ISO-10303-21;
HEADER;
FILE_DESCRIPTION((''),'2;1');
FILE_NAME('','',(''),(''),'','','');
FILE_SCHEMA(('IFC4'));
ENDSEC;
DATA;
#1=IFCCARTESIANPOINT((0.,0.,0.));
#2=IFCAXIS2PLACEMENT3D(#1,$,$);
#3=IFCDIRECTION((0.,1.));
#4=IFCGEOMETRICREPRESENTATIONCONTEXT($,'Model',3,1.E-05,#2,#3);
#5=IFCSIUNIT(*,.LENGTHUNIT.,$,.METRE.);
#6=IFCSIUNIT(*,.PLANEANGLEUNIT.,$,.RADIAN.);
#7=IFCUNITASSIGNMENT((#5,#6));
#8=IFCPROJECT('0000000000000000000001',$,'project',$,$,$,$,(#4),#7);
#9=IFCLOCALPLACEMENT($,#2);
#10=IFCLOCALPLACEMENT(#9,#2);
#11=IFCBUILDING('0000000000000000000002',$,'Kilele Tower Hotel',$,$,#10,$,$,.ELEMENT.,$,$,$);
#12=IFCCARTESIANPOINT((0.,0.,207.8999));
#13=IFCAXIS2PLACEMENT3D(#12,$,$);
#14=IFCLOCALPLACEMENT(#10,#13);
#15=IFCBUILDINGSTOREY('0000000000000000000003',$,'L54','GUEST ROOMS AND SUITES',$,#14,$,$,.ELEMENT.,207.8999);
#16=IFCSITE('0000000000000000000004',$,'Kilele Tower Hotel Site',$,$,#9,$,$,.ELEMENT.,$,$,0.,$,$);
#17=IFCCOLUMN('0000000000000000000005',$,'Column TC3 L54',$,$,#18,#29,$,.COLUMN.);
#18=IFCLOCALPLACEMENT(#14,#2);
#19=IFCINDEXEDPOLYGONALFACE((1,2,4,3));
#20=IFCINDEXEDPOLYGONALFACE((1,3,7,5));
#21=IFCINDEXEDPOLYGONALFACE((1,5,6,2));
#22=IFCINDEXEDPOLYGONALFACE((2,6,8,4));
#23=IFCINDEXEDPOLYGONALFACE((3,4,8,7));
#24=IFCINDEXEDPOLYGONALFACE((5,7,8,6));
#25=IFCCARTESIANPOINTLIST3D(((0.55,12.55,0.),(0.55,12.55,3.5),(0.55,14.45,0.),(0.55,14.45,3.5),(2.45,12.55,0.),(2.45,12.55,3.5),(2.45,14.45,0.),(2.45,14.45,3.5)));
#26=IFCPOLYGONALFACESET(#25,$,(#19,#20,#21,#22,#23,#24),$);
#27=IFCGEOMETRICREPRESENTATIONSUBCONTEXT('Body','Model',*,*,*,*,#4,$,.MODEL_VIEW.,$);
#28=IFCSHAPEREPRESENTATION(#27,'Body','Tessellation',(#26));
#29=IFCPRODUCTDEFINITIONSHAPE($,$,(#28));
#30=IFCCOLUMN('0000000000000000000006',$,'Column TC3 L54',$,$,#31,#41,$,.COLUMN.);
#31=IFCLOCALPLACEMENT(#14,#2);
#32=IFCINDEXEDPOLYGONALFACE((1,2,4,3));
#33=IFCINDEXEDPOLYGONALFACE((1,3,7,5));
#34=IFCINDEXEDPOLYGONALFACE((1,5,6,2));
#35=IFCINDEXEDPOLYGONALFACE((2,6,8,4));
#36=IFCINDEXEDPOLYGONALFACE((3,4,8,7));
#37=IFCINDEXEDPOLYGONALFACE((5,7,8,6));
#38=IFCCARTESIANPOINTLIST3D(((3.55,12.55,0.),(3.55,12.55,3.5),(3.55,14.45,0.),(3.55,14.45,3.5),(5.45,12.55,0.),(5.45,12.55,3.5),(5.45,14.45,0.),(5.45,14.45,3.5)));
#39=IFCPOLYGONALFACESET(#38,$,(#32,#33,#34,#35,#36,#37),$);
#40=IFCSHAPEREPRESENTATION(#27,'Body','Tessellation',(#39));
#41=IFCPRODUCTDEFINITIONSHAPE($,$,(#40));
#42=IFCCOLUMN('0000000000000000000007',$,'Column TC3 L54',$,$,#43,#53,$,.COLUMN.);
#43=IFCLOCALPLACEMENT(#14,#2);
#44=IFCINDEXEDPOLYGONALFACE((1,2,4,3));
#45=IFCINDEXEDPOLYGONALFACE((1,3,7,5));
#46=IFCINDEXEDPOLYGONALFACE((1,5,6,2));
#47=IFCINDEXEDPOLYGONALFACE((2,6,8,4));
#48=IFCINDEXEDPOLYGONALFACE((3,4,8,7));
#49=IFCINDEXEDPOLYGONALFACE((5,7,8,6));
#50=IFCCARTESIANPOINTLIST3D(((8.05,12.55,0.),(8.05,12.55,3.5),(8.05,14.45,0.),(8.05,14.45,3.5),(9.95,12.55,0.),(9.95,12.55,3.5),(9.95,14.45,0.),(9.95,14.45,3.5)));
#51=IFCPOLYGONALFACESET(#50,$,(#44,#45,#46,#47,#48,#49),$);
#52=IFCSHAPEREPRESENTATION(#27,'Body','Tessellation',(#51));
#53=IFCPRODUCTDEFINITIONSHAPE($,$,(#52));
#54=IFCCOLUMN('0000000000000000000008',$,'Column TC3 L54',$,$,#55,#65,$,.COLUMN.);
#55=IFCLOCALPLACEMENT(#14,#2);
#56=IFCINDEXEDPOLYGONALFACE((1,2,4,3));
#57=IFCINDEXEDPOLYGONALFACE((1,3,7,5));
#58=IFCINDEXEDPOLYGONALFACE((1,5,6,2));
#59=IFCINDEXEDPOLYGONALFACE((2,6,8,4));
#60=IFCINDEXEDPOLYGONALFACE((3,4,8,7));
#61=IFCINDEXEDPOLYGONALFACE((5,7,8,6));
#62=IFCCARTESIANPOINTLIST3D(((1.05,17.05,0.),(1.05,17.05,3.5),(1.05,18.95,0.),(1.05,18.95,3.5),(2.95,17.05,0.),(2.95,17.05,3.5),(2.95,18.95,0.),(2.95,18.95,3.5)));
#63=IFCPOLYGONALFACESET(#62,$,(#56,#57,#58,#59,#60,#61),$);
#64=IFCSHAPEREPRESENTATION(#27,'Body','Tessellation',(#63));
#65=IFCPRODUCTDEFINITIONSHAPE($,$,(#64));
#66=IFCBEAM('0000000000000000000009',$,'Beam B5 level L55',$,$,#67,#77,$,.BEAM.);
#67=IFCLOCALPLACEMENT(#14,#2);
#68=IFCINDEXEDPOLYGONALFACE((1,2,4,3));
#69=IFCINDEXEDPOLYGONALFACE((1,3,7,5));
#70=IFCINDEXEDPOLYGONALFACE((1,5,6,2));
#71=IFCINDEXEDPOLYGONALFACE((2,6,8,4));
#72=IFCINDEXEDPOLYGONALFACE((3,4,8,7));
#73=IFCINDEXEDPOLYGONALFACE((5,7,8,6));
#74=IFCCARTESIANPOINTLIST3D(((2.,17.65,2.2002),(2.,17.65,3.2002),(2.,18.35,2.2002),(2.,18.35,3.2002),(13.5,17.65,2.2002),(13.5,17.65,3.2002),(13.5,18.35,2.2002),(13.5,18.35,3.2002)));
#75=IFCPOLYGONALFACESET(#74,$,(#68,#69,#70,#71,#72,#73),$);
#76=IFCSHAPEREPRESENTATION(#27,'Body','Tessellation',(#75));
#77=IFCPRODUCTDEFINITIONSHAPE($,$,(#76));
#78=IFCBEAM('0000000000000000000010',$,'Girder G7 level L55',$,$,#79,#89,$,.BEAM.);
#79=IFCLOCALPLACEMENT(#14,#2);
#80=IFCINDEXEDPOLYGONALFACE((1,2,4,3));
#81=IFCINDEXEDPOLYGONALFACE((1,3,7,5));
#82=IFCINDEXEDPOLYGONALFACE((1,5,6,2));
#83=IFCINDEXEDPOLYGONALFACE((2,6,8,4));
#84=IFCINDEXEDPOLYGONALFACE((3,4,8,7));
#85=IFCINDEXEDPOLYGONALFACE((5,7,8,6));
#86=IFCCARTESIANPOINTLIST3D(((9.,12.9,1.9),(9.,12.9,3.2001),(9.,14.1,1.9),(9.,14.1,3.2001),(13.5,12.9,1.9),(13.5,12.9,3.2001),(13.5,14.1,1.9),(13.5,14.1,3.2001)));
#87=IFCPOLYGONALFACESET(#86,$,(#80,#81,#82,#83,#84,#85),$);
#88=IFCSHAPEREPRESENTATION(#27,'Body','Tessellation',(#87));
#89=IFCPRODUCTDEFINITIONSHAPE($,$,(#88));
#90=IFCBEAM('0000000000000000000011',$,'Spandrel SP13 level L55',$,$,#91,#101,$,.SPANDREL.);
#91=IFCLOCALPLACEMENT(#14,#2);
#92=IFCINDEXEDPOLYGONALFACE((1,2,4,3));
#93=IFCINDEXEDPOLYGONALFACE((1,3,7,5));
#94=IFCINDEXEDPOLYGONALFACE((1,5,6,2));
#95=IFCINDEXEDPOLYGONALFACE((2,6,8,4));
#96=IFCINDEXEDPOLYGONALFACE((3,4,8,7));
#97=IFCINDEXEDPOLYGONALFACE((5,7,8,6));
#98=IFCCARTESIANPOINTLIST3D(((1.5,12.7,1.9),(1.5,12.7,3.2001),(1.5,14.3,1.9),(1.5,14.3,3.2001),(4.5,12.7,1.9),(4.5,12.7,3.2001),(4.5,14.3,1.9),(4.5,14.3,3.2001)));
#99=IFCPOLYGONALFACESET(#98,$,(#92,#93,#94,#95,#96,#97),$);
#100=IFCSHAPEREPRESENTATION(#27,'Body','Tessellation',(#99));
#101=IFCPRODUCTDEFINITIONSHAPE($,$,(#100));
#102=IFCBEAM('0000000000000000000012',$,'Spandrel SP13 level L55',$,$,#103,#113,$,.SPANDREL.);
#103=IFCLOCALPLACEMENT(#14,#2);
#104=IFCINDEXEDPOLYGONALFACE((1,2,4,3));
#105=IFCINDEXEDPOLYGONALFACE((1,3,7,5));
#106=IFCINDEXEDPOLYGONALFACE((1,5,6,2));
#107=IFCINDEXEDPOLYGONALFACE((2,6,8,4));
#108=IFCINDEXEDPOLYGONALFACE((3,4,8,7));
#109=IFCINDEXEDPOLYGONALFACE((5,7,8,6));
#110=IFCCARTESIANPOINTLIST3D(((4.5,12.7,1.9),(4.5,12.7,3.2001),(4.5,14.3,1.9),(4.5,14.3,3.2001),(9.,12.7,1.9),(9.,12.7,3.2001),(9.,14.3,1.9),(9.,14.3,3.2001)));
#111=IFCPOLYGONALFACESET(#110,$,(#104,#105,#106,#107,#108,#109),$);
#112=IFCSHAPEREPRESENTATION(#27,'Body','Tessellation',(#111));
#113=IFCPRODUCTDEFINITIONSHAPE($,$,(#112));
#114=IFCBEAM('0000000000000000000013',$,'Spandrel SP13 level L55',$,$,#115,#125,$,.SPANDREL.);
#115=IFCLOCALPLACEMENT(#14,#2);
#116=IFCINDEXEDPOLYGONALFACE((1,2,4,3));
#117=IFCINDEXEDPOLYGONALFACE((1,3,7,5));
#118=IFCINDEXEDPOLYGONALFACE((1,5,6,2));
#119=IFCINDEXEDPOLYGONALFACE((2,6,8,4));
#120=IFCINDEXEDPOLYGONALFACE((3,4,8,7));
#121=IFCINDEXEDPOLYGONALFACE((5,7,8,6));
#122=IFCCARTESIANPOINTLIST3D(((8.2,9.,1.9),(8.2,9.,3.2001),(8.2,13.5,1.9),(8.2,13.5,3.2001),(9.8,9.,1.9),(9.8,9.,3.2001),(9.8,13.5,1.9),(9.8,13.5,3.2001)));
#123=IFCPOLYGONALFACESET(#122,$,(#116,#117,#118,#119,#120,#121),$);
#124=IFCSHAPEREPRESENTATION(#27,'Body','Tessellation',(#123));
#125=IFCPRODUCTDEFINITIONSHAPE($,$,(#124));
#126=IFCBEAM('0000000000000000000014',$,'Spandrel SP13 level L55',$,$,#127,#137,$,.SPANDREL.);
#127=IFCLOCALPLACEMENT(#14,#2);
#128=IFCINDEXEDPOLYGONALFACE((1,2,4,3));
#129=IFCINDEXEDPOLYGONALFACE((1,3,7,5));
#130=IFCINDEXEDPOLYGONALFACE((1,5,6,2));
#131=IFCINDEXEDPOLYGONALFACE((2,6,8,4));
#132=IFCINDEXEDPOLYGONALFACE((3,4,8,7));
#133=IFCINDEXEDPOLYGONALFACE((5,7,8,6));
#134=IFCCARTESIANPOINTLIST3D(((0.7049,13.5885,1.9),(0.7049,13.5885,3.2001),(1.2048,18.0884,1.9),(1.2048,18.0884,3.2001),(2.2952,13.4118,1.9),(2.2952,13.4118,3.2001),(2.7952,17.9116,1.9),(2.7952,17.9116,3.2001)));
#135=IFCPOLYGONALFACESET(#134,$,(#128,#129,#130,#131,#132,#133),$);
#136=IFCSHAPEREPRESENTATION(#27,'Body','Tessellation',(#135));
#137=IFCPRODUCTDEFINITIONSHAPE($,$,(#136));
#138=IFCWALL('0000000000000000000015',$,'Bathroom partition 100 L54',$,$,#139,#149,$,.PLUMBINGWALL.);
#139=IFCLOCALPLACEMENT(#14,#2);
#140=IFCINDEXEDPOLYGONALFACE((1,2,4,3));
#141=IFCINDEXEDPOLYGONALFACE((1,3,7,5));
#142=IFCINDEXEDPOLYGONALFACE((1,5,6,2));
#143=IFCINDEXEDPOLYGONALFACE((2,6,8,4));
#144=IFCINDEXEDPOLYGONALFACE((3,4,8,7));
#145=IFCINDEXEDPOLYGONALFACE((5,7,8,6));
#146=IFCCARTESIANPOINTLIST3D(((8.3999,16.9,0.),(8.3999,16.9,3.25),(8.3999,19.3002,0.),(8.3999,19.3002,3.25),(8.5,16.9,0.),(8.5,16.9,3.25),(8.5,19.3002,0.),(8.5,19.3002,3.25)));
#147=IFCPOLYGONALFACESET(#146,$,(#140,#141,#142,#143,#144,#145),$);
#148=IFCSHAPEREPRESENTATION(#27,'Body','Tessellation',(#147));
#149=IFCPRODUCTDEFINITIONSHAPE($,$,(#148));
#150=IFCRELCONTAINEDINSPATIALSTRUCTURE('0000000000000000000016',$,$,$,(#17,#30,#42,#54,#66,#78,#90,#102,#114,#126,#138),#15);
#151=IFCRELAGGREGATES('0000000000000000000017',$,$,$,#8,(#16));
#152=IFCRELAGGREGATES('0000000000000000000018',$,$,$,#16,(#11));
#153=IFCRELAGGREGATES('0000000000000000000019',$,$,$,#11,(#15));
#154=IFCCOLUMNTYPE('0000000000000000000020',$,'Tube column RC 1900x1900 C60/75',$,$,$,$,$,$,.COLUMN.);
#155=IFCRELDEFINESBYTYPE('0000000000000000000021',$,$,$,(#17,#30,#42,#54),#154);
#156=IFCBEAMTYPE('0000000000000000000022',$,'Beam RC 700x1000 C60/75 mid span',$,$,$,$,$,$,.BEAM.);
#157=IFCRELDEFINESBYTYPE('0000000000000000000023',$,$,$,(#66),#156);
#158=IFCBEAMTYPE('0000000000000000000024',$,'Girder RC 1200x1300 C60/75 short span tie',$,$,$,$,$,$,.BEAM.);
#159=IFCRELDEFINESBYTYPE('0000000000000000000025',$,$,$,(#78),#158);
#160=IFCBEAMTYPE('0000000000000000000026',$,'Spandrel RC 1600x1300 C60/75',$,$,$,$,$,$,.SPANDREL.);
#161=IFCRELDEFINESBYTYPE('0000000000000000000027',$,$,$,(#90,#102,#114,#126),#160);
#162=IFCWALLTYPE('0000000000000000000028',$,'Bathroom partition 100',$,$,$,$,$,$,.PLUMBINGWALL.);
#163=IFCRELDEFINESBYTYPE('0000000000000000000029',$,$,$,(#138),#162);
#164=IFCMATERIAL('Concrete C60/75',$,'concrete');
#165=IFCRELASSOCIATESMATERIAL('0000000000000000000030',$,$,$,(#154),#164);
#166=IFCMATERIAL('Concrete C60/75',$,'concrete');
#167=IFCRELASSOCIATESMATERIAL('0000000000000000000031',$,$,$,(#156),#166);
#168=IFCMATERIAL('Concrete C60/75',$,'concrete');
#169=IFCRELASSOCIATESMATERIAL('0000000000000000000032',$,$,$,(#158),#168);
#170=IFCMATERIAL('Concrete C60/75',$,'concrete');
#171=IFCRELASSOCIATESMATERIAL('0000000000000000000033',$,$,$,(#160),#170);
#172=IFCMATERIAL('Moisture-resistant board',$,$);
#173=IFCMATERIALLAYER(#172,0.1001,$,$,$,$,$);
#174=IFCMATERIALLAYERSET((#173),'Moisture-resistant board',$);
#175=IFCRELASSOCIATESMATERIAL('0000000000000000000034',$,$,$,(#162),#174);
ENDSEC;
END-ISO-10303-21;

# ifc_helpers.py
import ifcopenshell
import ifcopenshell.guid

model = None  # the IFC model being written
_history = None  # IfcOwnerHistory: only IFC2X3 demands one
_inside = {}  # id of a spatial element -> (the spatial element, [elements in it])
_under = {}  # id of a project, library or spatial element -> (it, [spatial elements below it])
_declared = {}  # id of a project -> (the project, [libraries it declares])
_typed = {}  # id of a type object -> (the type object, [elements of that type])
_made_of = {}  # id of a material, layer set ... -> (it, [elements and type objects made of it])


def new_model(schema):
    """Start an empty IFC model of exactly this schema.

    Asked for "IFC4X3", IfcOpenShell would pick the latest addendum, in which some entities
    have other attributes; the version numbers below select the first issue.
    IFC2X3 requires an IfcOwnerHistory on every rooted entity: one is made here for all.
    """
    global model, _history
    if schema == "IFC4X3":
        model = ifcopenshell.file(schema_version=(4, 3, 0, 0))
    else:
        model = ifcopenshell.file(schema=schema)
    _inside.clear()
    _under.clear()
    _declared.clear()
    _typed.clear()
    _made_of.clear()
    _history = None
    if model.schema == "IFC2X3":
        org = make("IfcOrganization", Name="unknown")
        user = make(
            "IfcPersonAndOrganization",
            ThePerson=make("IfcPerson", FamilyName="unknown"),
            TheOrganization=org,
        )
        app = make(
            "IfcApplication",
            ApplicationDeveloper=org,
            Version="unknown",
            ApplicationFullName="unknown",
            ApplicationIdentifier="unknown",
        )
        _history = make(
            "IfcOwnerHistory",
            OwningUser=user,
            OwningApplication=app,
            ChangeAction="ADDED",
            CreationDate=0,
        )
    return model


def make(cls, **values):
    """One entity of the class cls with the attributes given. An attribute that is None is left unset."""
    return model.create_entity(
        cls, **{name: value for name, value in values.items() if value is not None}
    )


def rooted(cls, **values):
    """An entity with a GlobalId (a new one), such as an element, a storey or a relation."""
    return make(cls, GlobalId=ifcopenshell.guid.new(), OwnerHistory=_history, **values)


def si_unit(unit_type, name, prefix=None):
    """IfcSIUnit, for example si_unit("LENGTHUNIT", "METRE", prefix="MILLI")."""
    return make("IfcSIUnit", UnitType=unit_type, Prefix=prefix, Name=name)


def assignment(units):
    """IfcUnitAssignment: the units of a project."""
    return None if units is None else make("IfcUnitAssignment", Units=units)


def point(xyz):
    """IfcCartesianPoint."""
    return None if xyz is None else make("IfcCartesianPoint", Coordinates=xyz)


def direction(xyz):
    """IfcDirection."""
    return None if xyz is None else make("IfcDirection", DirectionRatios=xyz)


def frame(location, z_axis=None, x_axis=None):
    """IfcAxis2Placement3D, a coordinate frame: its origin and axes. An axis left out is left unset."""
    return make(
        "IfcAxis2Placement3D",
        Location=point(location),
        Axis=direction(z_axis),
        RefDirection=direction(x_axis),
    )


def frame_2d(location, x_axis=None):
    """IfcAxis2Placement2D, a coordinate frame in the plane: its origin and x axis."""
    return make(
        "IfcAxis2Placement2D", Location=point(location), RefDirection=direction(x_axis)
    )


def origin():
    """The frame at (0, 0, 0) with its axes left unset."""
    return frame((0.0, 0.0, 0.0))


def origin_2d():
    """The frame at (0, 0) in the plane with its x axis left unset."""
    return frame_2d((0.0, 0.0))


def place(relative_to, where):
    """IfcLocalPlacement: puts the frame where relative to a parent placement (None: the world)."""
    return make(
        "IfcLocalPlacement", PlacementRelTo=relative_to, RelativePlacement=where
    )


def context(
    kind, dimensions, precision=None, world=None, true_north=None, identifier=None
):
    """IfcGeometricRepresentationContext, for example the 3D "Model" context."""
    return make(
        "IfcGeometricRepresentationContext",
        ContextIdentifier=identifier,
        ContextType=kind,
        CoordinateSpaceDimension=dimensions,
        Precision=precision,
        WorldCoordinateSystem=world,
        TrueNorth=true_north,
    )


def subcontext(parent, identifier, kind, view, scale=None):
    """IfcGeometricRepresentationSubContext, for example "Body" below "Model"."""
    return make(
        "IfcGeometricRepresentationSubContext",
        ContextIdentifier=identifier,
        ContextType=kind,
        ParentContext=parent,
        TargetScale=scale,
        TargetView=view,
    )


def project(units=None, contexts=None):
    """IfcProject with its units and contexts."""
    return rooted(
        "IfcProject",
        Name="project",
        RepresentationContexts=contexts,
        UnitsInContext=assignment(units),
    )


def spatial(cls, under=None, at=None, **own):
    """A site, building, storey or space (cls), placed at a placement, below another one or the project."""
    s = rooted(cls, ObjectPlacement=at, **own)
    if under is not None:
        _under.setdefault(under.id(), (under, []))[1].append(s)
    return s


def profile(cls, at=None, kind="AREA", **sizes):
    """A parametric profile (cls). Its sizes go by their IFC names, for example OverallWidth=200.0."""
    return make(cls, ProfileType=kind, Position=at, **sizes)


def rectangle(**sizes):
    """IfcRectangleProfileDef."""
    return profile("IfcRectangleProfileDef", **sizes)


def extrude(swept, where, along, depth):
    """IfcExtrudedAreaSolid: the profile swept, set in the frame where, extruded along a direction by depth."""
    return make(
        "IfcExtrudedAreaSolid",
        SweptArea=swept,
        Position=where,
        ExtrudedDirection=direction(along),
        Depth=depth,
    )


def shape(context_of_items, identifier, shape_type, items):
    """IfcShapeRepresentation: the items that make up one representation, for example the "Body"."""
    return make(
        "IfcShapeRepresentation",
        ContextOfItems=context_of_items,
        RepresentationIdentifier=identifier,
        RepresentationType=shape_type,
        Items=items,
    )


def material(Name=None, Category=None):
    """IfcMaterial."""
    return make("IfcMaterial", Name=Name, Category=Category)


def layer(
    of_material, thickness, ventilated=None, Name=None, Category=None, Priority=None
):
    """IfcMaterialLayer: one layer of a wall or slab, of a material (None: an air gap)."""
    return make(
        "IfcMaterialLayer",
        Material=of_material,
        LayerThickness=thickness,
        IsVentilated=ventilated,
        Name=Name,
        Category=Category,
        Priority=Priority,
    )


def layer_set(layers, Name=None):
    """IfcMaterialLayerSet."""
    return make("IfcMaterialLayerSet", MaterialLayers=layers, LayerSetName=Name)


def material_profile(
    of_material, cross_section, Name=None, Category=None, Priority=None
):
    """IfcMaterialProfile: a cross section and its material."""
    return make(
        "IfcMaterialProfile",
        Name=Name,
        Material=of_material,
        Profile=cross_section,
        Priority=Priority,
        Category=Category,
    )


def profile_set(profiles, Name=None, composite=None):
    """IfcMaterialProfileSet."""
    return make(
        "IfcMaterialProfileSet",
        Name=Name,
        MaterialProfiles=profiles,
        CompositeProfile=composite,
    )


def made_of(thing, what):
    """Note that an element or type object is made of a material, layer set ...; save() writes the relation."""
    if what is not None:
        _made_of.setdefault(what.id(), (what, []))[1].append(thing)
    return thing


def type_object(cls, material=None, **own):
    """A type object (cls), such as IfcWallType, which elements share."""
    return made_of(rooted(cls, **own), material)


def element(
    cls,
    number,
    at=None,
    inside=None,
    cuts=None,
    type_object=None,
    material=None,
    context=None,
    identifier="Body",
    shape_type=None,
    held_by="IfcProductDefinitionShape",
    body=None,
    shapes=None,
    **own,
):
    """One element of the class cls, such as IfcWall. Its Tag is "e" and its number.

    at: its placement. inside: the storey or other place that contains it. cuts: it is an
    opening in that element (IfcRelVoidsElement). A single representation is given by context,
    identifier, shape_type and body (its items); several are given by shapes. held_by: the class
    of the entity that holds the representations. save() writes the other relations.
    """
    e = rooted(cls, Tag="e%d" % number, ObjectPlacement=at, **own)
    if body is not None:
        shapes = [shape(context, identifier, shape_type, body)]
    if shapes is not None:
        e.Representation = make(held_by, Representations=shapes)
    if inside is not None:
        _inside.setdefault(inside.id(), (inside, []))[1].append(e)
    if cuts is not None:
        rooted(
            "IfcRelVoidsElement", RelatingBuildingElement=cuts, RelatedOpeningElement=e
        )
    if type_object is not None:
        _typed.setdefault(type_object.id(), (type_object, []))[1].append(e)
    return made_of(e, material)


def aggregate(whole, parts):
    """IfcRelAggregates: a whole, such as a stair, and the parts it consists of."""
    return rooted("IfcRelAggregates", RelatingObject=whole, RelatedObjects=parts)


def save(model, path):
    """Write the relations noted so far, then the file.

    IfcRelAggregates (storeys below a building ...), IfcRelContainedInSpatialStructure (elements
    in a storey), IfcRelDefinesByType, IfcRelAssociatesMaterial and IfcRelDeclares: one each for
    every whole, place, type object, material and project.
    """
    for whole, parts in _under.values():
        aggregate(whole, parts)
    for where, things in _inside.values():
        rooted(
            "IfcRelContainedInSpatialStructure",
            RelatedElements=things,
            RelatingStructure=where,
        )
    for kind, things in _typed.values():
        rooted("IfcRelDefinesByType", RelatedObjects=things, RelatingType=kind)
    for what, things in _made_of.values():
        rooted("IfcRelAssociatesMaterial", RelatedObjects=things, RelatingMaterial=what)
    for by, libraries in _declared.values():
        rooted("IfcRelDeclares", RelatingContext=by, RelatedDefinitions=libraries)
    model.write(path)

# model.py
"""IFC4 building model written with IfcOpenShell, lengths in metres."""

from ifc_helpers import new_model, si_unit, direction, frame, frame_2d, origin, origin_2d, place, context, subcontext, project, spatial, rectangle, extrude, material, layer, layer_set, material_profile, profile_set, type_object, element, save


model = new_model("IFC4")

# Units and contexts
model_context = context("Model", 3, precision=1e-05, world=origin(), true_north=direction((0.0, 1.0)))
body_context = subcontext(model_context, "Body", "Model", "MODEL_VIEW")
ifc_project = project(units=[si_unit("LENGTHUNIT", "METRE"), si_unit("PLANEANGLEUNIT", "RADIAN")], contexts=[model_context])

# Site, building, storey
site_placement = place(None, origin())
site = spatial("IfcSite", under=ifc_project, at=site_placement, Name="Kilele Tower Hotel Site", CompositionType="ELEMENT", RefElevation=0.0)
building_placement = place(site_placement, origin())
building = spatial("IfcBuilding", under=site, at=building_placement, Name="Kilele Tower Hotel", CompositionType="ELEMENT")
storey_placement = place(building_placement, frame((0.0, 0.0, 207.8999)))
storey = spatial("IfcBuildingStorey", under=building, at=storey_placement, Name="L54", Description="GUEST ROOMS AND SUITES", CompositionType="ELEMENT", Elevation=207.8999)

# Columns
ifc_material_1 = material(Name="Concrete C60/75", Category="concrete")
ifc_material_profile_1 = material_profile(ifc_material_1, rectangle(XDim=1.8999, YDim=1.8999, at=origin_2d()))
ifc_profile_set_1 = profile_set([ifc_material_profile_1], Name="Concrete C60/75")
column_type = type_object("IfcColumnType", Name="Tube column RC 1900x1900 C60/75", PredefinedType="COLUMN", material=ifc_profile_set_1)
for number, where, z_axis, x_axis, name in (
    (1, (1.5, 13.5, 0.0), (0.0, 0.0, 1.0), (1.0, 0.0, 0.0), "Column TC3 L54"),
    (2, (4.5, 13.5, 0.0), (0.0, 0.0, 1.0), (1.0, 0.0, 0.0), "Column TC3 L54"),
    (3, (9.0, 13.5, 0.0), (0.0, 0.0, 1.0), (1.0, 0.0, 0.0), "Column TC3 L54"),
    (4, (2.0, 18.0, 0.0), (0.0, 0.0, 1.0), (1.0, 0.0, 0.0), "Column TC3 L54"),
):
    element("IfcColumn", number, at=place(storey_placement, frame(where, z_axis=z_axis, x_axis=x_axis)), inside=storey, type_object=column_type, Name=name, PredefinedType="COLUMN", context=body_context, shape_type="SweptSolid", body=[
        extrude(rectangle(XDim=1.8999, YDim=1.8999, at=origin_2d()), origin(), (0.0, 0.0, 1.0), 3.5),
    ])

# Beams
ifc_material_2 = material(Name="Concrete C60/75", Category="concrete")
ifc_material_profile_2 = material_profile(ifc_material_2, rectangle(XDim=0.7, YDim=1.0, at=origin_2d()))
ifc_profile_set_2 = profile_set([ifc_material_profile_2], Name="Concrete C60/75")
beam_type_1 = type_object("IfcBeamType", Name="Beam RC 700x1000 C60/75 mid span", PredefinedType="BEAM", material=ifc_profile_set_2)
beam_1_placement = place(storey_placement, frame((2.0, 18.0, 2.7002), z_axis=(1.0, 0.0, 0.0), x_axis=(0.0, 1.0, 0.0)))
element("IfcBeam", 5, at=beam_1_placement, inside=storey, type_object=beam_type_1, Name="Beam B5 level L55", PredefinedType="BEAM", context=body_context, shape_type="SweptSolid", body=[
    extrude(rectangle(XDim=0.7, YDim=1.0, at=origin_2d()), origin(), (0.0, 0.0, 1.0), 11.5),
])
ifc_material_3 = material(Name="Concrete C60/75", Category="concrete")
ifc_material_profile_3 = material_profile(ifc_material_3, rectangle(XDim=1.2, YDim=1.3, at=origin_2d()))
ifc_profile_set_3 = profile_set([ifc_material_profile_3], Name="Concrete C60/75")
beam_type_2 = type_object("IfcBeamType", Name="Girder RC 1200x1300 C60/75 short span tie", PredefinedType="BEAM", material=ifc_profile_set_3)
beam_2_placement = place(storey_placement, frame((9.0, 13.5, 2.55), z_axis=(1.0, 0.0, 0.0), x_axis=(0.0, 1.0, 0.0)))
element("IfcBeam", 6, at=beam_2_placement, inside=storey, type_object=beam_type_2, Name="Girder G7 level L55", PredefinedType="BEAM", context=body_context, shape_type="SweptSolid", body=[
    extrude(rectangle(XDim=1.2, YDim=1.3, at=origin_2d()), origin(), (0.0, 0.0, 1.0), 4.5),
])
ifc_material_4 = material(Name="Concrete C60/75", Category="concrete")
ifc_material_profile_4 = material_profile(ifc_material_4, rectangle(XDim=1.6001, YDim=1.3, at=origin_2d()))
ifc_profile_set_4 = profile_set([ifc_material_profile_4], Name="Concrete C60/75")
beam_type_3 = type_object("IfcBeamType", Name="Spandrel RC 1600x1300 C60/75", PredefinedType="SPANDREL", material=ifc_profile_set_4)
beam_3_placement = place(storey_placement, frame((1.5, 13.5, 2.55), z_axis=(1.0, 0.0, 0.0), x_axis=(0.0, 1.0, 0.0)))
element("IfcBeam", 7, at=beam_3_placement, inside=storey, type_object=beam_type_3, Name="Spandrel SP13 level L55", PredefinedType="SPANDREL", context=body_context, shape_type="SweptSolid", body=[
    extrude(rectangle(XDim=1.6001, YDim=1.3, at=origin_2d()), origin(), (0.0, 0.0, 1.0), 3.0),
])
for number, where, z_axis, x_axis, name in (
    (8, (4.5, 13.5, 2.55), (1.0, 0.0, 0.0), (0.0, 1.0, 0.0), "Spandrel SP13 level L55"),
    (9, (9.0, 13.5, 2.55), (0.0, -1.0, 0.0), (1.0, 0.0, 0.0), "Spandrel SP13 level L55"),
):
    element("IfcBeam", number, at=place(storey_placement, frame(where, z_axis=z_axis, x_axis=x_axis)), inside=storey, type_object=beam_type_3, Name=name, PredefinedType="SPANDREL", context=body_context, shape_type="SweptSolid", body=[
        extrude(rectangle(XDim=1.6001, YDim=1.3, at=origin_2d()), origin(), (0.0, 0.0, 1.0), 4.5),
    ])
beam_4_placement = place(storey_placement, frame((2.0, 18.0, 2.55), z_axis=(-0.110432, -0.993884, 0.0), x_axis=(0.993884, -0.110432, 0.0)))
element("IfcBeam", 10, at=beam_4_placement, inside=storey, type_object=beam_type_3, Name="Spandrel SP13 level L55", PredefinedType="SPANDREL", context=body_context, shape_type="SweptSolid", body=[
    extrude(rectangle(XDim=1.6001, YDim=1.3, at=origin_2d()), origin(), (0.0, 0.0, 1.0), 4.5276),
])

# Wall
ifc_material_5 = material(Name="Moisture-resistant board")
ifc_layer_1 = layer(ifc_material_5, 0.1001)
ifc_layer_set_1 = layer_set([ifc_layer_1], Name="Moisture-resistant board")
wall_type_1 = type_object("IfcWallType", Name="Bathroom partition 100", PredefinedType="PLUMBINGWALL", material=ifc_layer_set_1)
wall_1_placement = place(storey_placement, frame((8.45, 16.8999, 0.0), z_axis=(0.0, 0.0, 1.0), x_axis=(0.0, 1.0, 0.0)))
element("IfcWall", 11, at=wall_1_placement, inside=storey, type_object=wall_type_1, Name="Bathroom partition 100 L54", PredefinedType="PLUMBINGWALL", context=body_context, shape_type="SweptSolid", body=[
    extrude(rectangle(XDim=2.4001, YDim=0.1001, at=frame_2d((1.2002, 0.0))), origin(), (0.0, 0.0, 1.0), 3.25),
])

save(model, "model.ifc")
